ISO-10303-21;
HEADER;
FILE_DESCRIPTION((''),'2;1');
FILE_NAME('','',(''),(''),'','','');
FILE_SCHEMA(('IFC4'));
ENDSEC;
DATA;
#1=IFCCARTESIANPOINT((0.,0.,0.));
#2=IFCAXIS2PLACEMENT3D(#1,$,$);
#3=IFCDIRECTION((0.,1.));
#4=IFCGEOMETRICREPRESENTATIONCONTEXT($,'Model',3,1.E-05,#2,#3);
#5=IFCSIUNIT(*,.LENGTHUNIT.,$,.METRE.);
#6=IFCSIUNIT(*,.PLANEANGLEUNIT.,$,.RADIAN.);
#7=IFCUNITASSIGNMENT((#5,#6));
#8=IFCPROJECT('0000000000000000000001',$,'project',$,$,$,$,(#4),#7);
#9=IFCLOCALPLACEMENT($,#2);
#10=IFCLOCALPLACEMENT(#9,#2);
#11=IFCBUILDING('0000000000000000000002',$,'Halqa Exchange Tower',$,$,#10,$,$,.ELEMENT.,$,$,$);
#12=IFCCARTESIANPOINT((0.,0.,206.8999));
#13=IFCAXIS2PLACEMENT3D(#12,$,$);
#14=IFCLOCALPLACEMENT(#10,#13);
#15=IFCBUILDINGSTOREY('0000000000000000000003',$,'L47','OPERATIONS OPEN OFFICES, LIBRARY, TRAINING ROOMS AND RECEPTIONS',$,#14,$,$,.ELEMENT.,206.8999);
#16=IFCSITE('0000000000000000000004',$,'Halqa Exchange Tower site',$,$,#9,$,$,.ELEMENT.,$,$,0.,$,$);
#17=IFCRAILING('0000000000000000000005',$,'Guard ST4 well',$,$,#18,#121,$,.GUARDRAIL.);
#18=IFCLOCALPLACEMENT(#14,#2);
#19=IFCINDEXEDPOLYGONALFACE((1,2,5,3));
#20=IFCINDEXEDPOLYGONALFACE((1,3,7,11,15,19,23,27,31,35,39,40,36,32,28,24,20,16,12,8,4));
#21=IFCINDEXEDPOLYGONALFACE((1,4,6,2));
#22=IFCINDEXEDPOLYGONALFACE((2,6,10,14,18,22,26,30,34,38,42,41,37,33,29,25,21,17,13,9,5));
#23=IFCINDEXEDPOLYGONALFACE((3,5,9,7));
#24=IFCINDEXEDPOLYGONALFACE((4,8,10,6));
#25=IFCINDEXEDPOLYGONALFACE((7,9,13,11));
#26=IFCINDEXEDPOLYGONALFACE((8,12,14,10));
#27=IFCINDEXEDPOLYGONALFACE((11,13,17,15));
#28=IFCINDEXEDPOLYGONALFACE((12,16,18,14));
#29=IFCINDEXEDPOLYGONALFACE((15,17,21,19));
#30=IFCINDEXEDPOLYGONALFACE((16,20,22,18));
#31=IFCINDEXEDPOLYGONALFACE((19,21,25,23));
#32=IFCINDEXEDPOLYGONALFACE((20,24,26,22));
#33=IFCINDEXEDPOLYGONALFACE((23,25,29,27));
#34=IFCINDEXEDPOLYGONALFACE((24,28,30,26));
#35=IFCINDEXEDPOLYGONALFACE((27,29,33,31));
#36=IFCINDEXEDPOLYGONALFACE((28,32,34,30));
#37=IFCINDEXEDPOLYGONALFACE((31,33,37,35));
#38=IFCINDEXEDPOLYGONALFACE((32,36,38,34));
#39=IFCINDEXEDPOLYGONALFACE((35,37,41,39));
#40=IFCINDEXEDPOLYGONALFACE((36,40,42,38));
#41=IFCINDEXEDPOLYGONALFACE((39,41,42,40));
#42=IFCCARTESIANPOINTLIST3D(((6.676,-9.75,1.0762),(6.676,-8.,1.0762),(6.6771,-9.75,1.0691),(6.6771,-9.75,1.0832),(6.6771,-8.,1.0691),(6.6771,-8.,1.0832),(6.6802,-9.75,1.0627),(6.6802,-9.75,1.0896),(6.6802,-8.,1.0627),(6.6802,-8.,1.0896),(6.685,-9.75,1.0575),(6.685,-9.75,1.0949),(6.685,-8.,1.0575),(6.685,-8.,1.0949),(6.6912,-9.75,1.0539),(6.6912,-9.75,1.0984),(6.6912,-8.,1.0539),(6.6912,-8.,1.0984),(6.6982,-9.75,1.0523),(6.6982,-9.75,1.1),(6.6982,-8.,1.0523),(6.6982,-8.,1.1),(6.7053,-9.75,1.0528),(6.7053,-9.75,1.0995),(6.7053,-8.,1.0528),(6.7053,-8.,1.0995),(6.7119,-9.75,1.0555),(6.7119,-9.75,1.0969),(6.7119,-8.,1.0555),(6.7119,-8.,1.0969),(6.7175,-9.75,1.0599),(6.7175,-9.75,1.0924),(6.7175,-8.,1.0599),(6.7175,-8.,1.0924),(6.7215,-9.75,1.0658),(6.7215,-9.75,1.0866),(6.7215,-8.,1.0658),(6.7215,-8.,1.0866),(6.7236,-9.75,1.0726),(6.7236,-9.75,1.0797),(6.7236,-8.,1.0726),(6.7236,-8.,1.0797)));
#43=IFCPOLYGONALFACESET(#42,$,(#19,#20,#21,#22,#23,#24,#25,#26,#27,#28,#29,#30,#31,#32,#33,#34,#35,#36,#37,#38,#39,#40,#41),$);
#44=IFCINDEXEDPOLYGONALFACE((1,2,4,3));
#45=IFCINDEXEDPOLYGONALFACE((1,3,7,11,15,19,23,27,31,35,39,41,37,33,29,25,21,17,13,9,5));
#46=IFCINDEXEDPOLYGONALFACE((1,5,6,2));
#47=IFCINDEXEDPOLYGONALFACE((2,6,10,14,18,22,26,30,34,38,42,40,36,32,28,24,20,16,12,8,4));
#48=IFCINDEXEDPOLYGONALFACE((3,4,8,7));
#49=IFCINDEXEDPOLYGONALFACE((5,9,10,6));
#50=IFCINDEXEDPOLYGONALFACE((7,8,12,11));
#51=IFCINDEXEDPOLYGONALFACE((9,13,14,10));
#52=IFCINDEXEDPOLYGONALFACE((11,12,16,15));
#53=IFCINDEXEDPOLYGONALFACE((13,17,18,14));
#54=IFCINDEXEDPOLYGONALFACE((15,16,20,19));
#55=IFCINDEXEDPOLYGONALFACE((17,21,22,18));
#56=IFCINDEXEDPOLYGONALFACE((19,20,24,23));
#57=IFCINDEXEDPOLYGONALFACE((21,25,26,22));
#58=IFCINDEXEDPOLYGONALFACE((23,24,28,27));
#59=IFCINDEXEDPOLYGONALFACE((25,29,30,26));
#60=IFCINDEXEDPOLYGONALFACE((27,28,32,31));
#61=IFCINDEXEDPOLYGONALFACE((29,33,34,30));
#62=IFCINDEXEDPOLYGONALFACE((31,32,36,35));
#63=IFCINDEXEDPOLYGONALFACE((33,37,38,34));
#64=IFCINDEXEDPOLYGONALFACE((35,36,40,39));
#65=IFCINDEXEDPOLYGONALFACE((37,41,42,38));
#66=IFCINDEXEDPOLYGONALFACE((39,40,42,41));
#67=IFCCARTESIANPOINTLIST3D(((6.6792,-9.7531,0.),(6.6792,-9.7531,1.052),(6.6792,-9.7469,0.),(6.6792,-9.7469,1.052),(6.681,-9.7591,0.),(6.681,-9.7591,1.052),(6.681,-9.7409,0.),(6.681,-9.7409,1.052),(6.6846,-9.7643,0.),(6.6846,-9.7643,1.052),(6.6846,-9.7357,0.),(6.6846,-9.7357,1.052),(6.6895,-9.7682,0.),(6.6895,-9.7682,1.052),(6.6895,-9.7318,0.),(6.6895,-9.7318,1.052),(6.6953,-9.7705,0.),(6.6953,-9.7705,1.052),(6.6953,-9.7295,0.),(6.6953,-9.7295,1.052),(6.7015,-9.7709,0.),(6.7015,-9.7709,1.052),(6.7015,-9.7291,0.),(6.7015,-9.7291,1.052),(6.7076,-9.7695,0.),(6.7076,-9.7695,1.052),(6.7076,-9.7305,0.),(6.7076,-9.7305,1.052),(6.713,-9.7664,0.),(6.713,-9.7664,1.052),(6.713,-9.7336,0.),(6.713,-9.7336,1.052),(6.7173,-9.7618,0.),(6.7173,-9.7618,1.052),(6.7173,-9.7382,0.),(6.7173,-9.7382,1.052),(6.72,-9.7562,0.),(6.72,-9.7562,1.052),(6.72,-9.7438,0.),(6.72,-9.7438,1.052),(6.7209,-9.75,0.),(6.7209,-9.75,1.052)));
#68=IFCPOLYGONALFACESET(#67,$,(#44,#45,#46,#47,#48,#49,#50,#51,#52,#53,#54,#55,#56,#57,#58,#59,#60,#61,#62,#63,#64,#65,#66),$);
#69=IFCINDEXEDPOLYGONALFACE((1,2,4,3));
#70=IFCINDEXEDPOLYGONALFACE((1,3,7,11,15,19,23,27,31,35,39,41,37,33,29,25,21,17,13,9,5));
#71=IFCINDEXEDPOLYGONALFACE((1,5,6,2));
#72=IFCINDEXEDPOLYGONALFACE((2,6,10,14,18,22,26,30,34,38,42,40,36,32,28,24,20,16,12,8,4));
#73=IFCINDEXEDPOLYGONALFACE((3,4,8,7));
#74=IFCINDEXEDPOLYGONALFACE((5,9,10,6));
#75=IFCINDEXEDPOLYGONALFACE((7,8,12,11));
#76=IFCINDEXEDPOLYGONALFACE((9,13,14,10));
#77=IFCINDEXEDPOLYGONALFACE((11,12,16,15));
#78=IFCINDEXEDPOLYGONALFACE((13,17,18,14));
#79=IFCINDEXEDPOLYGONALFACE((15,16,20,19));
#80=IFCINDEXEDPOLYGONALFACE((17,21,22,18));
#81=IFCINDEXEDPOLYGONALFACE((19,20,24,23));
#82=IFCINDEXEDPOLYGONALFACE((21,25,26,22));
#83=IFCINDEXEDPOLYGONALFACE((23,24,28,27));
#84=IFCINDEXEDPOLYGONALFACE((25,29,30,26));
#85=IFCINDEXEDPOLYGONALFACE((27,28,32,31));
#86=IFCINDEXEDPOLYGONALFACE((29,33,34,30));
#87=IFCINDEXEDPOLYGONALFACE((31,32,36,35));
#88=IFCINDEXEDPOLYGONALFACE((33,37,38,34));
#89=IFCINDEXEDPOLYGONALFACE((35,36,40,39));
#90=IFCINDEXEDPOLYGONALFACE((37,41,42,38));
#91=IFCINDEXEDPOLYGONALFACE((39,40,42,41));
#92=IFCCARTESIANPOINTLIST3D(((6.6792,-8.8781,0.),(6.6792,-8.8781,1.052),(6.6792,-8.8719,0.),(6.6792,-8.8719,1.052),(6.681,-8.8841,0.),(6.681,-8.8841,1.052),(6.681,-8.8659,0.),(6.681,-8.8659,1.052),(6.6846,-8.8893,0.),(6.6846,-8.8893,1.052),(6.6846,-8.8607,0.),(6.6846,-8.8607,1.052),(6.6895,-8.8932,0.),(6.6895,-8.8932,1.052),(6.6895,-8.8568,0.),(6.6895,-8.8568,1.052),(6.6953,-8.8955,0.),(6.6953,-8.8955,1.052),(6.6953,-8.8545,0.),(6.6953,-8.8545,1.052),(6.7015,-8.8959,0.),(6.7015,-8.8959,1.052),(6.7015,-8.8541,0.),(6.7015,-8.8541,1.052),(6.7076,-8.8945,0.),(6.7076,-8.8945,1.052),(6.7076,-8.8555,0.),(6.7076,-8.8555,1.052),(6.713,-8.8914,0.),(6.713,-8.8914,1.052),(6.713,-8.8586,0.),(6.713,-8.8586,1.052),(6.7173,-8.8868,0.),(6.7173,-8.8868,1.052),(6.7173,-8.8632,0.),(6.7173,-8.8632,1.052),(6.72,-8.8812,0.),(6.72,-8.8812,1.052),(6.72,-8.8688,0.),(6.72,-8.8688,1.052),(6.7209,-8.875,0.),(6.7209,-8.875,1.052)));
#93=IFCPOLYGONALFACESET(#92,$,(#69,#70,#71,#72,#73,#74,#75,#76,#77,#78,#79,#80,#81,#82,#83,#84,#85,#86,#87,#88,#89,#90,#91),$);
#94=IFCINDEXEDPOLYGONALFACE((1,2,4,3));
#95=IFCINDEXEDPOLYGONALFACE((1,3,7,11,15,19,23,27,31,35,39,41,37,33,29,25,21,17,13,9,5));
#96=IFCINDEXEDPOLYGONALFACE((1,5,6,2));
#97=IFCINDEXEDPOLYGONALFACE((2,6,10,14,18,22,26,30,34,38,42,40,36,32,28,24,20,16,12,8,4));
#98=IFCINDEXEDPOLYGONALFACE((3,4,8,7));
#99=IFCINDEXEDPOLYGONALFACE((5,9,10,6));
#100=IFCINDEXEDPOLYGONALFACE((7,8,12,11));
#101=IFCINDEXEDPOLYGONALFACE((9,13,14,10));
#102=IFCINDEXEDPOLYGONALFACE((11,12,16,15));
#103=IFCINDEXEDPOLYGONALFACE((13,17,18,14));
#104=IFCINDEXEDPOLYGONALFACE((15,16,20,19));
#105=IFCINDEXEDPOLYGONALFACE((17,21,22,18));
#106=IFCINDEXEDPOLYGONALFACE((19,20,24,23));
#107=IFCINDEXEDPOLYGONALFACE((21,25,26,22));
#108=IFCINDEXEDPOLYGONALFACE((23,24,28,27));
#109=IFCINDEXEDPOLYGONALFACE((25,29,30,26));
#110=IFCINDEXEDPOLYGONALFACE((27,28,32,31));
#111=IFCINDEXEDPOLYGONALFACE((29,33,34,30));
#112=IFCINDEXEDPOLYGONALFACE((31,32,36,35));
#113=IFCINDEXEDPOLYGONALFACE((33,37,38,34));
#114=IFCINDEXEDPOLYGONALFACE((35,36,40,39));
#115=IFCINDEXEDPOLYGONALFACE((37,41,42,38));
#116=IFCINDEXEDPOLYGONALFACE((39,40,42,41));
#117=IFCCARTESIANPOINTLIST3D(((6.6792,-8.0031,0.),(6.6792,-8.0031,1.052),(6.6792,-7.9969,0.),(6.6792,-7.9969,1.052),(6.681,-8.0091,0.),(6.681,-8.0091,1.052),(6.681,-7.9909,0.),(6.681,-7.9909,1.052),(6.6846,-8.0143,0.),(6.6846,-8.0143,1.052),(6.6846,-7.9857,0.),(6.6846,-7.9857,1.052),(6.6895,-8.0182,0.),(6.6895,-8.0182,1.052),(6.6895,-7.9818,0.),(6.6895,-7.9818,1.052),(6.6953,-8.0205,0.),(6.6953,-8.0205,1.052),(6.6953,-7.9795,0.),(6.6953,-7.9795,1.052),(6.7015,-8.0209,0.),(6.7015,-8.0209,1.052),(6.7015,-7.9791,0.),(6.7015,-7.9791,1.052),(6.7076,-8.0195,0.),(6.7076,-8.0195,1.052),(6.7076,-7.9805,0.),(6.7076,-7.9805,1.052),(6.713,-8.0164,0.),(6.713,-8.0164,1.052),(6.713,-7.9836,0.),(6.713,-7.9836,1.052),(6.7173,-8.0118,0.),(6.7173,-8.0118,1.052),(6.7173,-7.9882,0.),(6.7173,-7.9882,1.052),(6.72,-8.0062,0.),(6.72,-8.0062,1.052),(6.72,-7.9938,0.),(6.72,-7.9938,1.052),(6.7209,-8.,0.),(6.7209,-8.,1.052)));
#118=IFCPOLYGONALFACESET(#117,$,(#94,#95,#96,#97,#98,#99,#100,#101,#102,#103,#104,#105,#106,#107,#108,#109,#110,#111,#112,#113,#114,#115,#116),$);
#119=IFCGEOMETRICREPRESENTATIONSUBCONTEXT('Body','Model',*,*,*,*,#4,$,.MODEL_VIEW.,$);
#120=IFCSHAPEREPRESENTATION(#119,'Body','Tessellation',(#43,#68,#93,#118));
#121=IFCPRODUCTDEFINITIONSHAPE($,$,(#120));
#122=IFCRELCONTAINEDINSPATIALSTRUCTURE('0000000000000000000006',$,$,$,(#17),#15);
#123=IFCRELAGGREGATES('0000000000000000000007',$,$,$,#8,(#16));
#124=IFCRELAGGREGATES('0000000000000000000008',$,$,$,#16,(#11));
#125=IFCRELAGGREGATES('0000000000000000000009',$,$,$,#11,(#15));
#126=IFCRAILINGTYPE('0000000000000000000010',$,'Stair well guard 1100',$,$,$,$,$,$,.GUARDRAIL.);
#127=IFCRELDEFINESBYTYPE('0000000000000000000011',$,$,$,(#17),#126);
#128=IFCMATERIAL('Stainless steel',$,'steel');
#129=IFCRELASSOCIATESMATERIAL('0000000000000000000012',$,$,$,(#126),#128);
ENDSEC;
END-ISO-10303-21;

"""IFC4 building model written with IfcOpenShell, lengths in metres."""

from ifc_helpers import new_model, si_unit, direction, frame, origin, origin_2d, place, context, subcontext, project, spatial, circle, extrude, material, type_object, element, save


model = new_model("IFC4")

# Units and contexts
model_context = context("Model", 3, precision=1e-05, world=origin(), true_north=direction((0.0, 1.0)))
body_context = subcontext(model_context, "Body", "Model", "MODEL_VIEW")
ifc_project = project(units=[si_unit("LENGTHUNIT", "METRE"), si_unit("PLANEANGLEUNIT", "RADIAN")], contexts=[model_context])

# Site, building, storey
site_placement = place(None, origin())
site = spatial("IfcSite", under=ifc_project, at=site_placement, Name="Halqa Exchange Tower site", CompositionType="ELEMENT", RefElevation=0.0)
building_placement = place(site_placement, origin())
building = spatial("IfcBuilding", under=site, at=building_placement, Name="Halqa Exchange Tower", CompositionType="ELEMENT")
storey_placement = place(building_placement, frame((0.0, 0.0, 206.8999)))
storey = spatial("IfcBuildingStorey", under=building, at=storey_placement, Name="L47", Description="OPERATIONS OPEN OFFICES, LIBRARY, TRAINING ROOMS AND RECEPTIONS", CompositionType="ELEMENT", Elevation=206.8999)

# Railing
ifc_material_1 = material(Name="Stainless steel", Category="steel")
railing_type_1 = type_object("IfcRailingType", Name="Stair well guard 1100", PredefinedType="GUARDRAIL", material=ifc_material_1)
railing_1_placement = place(storey_placement, frame((6.7, -9.75, 0.0)))
element("IfcRailing", 1, at=railing_1_placement, inside=storey, type_object=railing_type_1, Name="Guard ST4 well", PredefinedType="GUARDRAIL", context=body_context, shape_type="SweptSolid", body=[
    extrude(circle(Radius=0.0239, at=origin_2d()), frame((0.0, 0.0, 1.0762), z_axis=(0.0, 1.0, 0.0), x_axis=(-1.0, 0.0, 0.0)), (0.0, 0.0, 1.0), 1.75),
    extrude(circle(Radius=0.021, at=origin_2d()), origin(), (0.0, 0.0, 1.0), 1.052),
    extrude(circle(Radius=0.021, at=origin_2d()), frame((0.0, 0.875, 0.0)), (0.0, 0.0, 1.0), 1.052),
    extrude(circle(Radius=0.021, at=origin_2d()), frame((0.0, 1.75, 0.0)), (0.0, 0.0, 1.0), 1.052),
])

save(model, "model.ifc")
